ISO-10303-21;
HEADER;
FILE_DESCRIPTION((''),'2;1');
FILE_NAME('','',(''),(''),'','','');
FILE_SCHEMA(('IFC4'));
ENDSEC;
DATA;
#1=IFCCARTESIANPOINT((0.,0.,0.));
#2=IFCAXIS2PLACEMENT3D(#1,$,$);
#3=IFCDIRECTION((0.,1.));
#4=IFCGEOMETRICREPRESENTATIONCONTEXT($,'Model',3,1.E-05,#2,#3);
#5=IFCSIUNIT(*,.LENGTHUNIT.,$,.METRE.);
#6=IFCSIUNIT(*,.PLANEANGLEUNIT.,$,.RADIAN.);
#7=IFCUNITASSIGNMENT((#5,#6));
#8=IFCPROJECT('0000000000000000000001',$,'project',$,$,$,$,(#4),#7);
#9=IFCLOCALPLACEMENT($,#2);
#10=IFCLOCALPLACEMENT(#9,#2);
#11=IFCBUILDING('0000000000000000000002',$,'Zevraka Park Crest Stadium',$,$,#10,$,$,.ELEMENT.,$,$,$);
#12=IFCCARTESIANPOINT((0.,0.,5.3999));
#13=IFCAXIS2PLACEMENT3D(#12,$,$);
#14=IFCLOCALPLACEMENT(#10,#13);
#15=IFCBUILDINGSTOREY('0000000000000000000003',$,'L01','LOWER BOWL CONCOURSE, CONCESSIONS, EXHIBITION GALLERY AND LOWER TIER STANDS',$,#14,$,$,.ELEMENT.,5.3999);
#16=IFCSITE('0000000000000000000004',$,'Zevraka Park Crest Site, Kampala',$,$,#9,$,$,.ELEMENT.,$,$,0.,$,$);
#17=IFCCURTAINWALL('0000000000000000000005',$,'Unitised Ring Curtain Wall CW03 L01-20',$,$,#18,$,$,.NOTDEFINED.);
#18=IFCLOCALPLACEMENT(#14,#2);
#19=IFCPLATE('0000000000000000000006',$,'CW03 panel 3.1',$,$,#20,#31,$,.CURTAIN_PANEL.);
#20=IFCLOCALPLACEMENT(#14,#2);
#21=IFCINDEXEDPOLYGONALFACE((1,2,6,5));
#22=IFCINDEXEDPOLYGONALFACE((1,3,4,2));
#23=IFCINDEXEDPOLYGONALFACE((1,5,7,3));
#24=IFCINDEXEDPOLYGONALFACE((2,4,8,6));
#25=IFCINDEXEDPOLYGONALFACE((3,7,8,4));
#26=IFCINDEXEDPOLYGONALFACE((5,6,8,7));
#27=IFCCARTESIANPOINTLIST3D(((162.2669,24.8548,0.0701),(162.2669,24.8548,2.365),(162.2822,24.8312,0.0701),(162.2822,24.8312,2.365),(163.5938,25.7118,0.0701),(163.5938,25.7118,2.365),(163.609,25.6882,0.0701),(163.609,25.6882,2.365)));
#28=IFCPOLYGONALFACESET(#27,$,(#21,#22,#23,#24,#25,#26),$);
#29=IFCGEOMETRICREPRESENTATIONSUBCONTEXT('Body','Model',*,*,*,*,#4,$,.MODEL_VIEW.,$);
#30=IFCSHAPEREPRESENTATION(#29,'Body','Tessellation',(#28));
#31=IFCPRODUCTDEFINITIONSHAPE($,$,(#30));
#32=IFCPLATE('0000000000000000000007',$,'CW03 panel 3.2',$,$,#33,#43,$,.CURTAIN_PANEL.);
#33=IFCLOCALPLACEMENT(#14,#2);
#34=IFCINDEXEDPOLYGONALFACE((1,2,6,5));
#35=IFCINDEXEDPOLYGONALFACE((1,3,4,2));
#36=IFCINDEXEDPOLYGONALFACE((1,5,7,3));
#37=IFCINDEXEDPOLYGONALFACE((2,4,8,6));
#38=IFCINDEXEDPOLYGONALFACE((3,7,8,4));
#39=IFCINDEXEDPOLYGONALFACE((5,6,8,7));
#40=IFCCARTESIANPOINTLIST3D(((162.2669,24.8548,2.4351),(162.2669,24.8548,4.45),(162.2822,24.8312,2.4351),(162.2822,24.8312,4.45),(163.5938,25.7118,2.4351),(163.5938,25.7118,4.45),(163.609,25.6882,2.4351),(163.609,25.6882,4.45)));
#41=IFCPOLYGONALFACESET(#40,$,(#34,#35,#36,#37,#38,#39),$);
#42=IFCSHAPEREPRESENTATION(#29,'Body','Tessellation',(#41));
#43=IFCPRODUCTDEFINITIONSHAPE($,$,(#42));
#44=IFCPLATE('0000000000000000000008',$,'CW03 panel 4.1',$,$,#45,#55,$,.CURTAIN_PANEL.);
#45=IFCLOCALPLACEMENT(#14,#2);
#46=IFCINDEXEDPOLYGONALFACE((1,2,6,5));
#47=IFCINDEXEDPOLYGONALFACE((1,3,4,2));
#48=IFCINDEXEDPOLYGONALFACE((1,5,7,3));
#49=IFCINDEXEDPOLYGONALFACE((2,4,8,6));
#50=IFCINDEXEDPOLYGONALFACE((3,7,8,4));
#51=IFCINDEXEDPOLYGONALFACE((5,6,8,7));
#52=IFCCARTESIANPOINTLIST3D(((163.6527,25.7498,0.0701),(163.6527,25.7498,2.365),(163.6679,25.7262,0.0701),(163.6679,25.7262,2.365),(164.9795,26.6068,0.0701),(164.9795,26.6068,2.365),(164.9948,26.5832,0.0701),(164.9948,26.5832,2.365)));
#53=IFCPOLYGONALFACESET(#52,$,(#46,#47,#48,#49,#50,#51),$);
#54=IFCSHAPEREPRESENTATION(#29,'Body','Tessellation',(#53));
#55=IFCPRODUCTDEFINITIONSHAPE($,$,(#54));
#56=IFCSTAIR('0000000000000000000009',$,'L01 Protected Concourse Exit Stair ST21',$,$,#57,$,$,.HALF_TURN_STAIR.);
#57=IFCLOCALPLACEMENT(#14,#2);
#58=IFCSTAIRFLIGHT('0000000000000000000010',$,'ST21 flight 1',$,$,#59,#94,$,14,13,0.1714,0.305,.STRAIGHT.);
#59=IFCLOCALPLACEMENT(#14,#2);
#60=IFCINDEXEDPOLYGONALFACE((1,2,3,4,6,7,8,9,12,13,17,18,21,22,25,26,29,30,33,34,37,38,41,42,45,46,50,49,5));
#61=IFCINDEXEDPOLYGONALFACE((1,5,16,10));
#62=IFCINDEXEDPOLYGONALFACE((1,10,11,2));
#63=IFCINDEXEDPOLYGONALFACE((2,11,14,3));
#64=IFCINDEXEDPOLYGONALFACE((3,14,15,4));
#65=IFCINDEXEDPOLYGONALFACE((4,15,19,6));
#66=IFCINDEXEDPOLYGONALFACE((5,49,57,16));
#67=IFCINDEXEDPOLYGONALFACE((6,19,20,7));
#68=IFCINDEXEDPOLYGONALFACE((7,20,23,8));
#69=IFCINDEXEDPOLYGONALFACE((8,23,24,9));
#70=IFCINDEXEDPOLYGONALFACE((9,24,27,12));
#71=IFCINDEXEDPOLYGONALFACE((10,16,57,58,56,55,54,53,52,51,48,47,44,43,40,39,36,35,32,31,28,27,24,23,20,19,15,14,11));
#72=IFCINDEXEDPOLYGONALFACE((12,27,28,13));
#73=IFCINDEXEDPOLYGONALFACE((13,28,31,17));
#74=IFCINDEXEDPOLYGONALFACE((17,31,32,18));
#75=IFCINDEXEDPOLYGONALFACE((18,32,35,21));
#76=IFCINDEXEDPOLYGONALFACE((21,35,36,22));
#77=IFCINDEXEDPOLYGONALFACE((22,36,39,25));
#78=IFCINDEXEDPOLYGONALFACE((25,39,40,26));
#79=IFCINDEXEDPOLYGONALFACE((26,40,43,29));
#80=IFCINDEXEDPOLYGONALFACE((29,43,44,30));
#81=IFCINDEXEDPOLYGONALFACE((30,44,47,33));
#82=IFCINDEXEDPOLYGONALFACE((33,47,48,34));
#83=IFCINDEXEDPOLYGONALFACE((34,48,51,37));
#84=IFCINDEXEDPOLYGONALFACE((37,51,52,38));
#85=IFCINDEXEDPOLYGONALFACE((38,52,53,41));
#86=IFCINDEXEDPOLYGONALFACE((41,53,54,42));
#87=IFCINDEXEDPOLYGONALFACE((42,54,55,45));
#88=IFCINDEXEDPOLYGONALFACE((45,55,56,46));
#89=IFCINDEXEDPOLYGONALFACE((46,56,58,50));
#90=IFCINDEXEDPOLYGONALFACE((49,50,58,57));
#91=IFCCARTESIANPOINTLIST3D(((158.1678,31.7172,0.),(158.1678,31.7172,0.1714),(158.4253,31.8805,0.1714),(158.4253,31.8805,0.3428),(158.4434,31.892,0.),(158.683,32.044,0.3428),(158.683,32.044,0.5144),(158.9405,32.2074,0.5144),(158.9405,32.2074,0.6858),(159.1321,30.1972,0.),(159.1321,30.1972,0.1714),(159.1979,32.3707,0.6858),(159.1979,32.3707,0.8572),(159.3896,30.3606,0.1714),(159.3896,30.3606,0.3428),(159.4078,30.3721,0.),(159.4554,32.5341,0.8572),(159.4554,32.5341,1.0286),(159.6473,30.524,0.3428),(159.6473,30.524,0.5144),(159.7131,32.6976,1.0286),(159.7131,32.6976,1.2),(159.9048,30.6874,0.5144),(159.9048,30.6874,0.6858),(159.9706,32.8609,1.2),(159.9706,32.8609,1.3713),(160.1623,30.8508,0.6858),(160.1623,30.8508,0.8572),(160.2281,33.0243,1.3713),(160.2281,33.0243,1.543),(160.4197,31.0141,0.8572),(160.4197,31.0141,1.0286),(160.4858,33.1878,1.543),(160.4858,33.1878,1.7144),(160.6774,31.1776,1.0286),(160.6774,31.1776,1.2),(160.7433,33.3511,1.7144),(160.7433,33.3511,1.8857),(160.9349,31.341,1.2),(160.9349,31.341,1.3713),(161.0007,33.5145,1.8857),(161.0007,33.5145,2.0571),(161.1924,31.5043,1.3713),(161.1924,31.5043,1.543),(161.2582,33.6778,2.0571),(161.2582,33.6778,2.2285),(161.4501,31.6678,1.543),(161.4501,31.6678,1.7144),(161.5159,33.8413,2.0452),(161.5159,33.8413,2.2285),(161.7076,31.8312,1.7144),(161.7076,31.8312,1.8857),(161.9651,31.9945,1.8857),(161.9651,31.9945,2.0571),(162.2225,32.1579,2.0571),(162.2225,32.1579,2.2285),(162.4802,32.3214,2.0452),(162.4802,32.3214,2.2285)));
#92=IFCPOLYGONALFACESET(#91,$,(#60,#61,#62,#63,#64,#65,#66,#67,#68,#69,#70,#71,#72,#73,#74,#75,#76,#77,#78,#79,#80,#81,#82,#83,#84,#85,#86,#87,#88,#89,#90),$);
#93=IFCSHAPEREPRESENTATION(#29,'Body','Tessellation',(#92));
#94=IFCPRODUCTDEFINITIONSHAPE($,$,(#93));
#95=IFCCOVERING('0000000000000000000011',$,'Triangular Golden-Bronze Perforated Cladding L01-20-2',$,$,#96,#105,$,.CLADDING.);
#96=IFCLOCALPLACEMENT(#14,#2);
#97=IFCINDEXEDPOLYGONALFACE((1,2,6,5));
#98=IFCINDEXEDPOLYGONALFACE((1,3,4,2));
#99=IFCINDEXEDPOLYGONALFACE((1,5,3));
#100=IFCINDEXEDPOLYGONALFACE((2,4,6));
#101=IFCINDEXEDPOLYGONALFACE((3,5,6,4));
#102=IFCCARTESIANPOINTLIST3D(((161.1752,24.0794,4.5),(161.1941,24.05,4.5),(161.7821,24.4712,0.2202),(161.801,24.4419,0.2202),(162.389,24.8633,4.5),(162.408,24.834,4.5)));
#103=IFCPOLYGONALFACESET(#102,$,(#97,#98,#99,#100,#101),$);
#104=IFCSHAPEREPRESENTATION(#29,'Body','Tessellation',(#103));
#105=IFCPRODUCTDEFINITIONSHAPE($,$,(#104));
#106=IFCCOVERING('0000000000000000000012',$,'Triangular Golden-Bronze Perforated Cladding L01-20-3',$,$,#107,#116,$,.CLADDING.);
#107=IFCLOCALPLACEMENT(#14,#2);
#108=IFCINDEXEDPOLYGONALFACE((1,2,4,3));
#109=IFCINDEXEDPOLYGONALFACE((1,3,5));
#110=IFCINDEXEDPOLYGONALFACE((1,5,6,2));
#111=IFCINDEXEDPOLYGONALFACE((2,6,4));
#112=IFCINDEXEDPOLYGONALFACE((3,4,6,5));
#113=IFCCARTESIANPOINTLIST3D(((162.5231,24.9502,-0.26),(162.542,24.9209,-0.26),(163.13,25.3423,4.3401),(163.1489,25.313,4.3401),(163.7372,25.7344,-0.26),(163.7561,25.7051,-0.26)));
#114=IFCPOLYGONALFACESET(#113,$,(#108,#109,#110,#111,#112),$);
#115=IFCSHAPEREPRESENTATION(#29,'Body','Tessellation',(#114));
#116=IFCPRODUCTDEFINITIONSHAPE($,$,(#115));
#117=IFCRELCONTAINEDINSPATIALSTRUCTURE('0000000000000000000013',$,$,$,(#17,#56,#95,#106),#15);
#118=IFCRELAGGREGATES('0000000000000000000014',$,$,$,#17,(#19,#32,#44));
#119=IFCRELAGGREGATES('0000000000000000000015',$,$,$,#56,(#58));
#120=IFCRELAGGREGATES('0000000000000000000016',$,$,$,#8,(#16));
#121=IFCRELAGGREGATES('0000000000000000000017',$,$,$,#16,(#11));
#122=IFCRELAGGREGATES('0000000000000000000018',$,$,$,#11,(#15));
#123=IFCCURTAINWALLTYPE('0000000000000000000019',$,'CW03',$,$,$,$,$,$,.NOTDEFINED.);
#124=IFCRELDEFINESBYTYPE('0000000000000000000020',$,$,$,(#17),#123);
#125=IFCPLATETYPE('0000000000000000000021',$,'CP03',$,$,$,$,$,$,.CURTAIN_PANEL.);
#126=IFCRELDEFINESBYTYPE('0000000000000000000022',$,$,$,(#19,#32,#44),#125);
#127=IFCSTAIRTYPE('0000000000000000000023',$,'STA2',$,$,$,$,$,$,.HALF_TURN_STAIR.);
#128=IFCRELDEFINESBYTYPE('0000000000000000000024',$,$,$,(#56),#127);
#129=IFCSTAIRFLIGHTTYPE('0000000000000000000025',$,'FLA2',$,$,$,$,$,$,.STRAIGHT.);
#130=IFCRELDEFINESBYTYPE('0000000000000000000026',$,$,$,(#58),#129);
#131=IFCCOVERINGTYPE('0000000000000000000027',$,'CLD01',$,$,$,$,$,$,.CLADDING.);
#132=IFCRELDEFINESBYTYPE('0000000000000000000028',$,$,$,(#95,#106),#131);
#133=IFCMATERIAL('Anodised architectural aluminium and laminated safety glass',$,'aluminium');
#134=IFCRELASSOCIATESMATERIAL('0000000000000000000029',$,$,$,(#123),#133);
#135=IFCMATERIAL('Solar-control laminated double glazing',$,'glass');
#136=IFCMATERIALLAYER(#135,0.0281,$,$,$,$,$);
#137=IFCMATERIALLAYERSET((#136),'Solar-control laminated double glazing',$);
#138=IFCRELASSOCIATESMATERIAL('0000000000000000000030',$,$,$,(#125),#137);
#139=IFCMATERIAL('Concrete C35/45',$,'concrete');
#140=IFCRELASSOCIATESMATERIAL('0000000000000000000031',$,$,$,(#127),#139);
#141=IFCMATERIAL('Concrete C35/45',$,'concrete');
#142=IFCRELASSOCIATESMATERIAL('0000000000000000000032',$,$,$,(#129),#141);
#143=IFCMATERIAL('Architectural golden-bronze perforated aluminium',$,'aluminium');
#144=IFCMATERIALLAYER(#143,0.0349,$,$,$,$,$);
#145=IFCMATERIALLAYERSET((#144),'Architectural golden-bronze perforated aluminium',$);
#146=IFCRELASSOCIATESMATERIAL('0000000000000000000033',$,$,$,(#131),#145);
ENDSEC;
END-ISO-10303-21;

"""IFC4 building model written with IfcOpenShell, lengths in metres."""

from ifc_helpers import new_model, si_unit, direction, frame, origin, origin_2d, place, context, subcontext, project, spatial, polyline, rectangle, outline, extrude, material, layer, layer_set, type_object, element, aggregate, save


model = new_model("IFC4")

# Units and contexts
model_context = context("Model", 3, precision=1e-05, world=origin(), true_north=direction((0.0, 1.0)))
body_context = subcontext(model_context, "Body", "Model", "MODEL_VIEW")
ifc_project = project(units=[si_unit("LENGTHUNIT", "METRE"), si_unit("PLANEANGLEUNIT", "RADIAN")], contexts=[model_context])

# Site, building, storey
site_placement = place(None, origin())
site = spatial("IfcSite", under=ifc_project, at=site_placement, Name="Zevraka Park Crest Site, Kampala", CompositionType="ELEMENT", RefElevation=0.0)
building_placement = place(site_placement, origin())
building = spatial("IfcBuilding", under=site, at=building_placement, Name="Zevraka Park Crest Stadium", CompositionType="ELEMENT")
storey_placement = place(building_placement, frame((0.0, 0.0, 5.3999)))
storey = spatial("IfcBuildingStorey", under=building, at=storey_placement, Name="L01", Description="LOWER BOWL CONCOURSE, CONCESSIONS, EXHIBITION GALLERY AND LOWER TIER STANDS", CompositionType="ELEMENT", Elevation=5.3999)

# Curtain wall
ifc_material_1 = material(Name="Anodised architectural aluminium and laminated safety glass", Category="aluminium")
curtain_wall_type = type_object("IfcCurtainWallType", Name="CW03", PredefinedType="NOTDEFINED", material=ifc_material_1)
curtain_wall_placement = place(storey_placement, origin())
curtain_wall = element("IfcCurtainWall", 1, at=curtain_wall_placement, inside=storey, type_object=curtain_wall_type, Name="Unitised Ring Curtain Wall CW03 L01-20", PredefinedType="NOTDEFINED")

# Plates
ifc_material_2 = material(Name="Solar-control laminated double glazing", Category="glass")
ifc_layer_1 = layer(ifc_material_2, 0.0281)
ifc_layer_set_1 = layer_set([ifc_layer_1], Name="Solar-control laminated double glazing")
plate_type = type_object("IfcPlateType", Name="CP03", PredefinedType="CURTAIN_PANEL", material=ifc_layer_set_1)
plate_1_placement = place(storey_placement, frame((162.938, 25.2715, 0.0701), z_axis=(0.0, 0.0, 1.0), x_axis=(0.84001, 0.542571, 0.0)))
plate_1 = element("IfcPlate", 2, at=plate_1_placement, type_object=plate_type, Name="CW03 panel 3.1", PredefinedType="CURTAIN_PANEL", context=body_context, shape_type="SweptSolid", body=[
    extrude(rectangle(XDim=1.5796, YDim=0.0281, at=origin_2d()), origin(), (0.0, 0.0, 1.0), 2.2949),
])
plate_2_placement = place(storey_placement, frame((162.938, 25.2715, 2.4351), z_axis=(0.0, 0.0, 1.0), x_axis=(0.84001, 0.542571, 0.0)))
plate_2 = element("IfcPlate", 3, at=plate_2_placement, type_object=plate_type, Name="CW03 panel 3.2", PredefinedType="CURTAIN_PANEL", context=body_context, shape_type="SweptSolid", body=[
    extrude(rectangle(XDim=1.5796, YDim=0.0281, at=origin_2d()), origin(), (0.0, 0.0, 1.0), 2.0149),
])
plate_3_placement = place(storey_placement, frame((164.3237, 26.1665, 0.0701), z_axis=(0.0, 0.0, 1.0), x_axis=(0.84001, 0.542571, 0.0)))
plate_3 = element("IfcPlate", 4, at=plate_3_placement, type_object=plate_type, Name="CW03 panel 4.1", PredefinedType="CURTAIN_PANEL", context=body_context, shape_type="SweptSolid", body=[
    extrude(rectangle(XDim=1.5796, YDim=0.0281, at=origin_2d()), origin(), (0.0, 0.0, 1.0), 2.2949),
])
aggregate(curtain_wall, [plate_1, plate_2, plate_3])

# Stair, stair flight
ifc_material_3 = material(Name="Concrete C35/45", Category="concrete")
stair_type = type_object("IfcStairType", Name="STA2", PredefinedType="HALF_TURN_STAIR", material=ifc_material_3)
stair_placement = place(storey_placement, origin())
stair = element("IfcStair", 5, at=stair_placement, inside=storey, type_object=stair_type, Name="L01 Protected Concourse Exit Stair ST21", PredefinedType="HALF_TURN_STAIR")
ifc_material_4 = material(Name="Concrete C35/45", Category="concrete")
stair_flight_type = type_object("IfcStairFlightType", Name="FLA2", PredefinedType="STRAIGHT", material=ifc_material_4)
stair_flight_placement = place(storey_placement, frame((158.6499, 30.9573, 0.0), z_axis=(0.0, 0.0, 1.0), x_axis=(0.844397, 0.535718, 0.0)))
stair_flight = element("IfcStairFlight", 6, at=stair_flight_placement, type_object=stair_flight_type, Name="ST21 flight 1", NumberOfRisers=14, NumberOfTreads=13, PredefinedType="STRAIGHT", RiserHeight=0.1714, TreadLength=0.305, context=body_context, shape_type="SweptSolid", body=[
    extrude(outline(polyline([(0.0, 0.0), (0.0, 0.1714), (0.3049, 0.1714), (0.3049, 0.3428), (0.6101, 0.3428), (0.6101, 0.5144), (0.915, 0.5144), (0.915, 0.6858), (1.22, 0.6858), (1.22, 0.8572), (1.5249, 0.8572), (1.5249, 1.0286), (1.8301, 1.0286), (1.8301, 1.2), (2.135, 1.2), (2.135, 1.3713), (2.4399, 1.3713), (2.4399, 1.543), (2.7451, 1.543), (2.7451, 1.7144), (3.05, 1.7144), (3.05, 1.8857), (3.355, 1.8857), (3.355, 2.0571), (3.6599, 2.0571), (3.6599, 2.2285), (3.9651, 2.2285), (3.9651, 2.3999), (3.9651, 2.0452), (0.3264, 0.0), (0.0, 0.0)])), frame((0.0, 0.8999, 0.0), z_axis=(0.0, -1.0, 0.0), x_axis=(1.0, 0.0, 0.0)), (0.0, 0.0, 1.0), 1.8),
])
aggregate(stair, [stair_flight])

# Coverings
ifc_material_5 = material(Name="Architectural golden-bronze perforated aluminium", Category="aluminium")
ifc_layer_2 = layer(ifc_material_5, 0.0349)
ifc_layer_set_2 = layer_set([ifc_layer_2], Name="Architectural golden-bronze perforated aluminium")
covering_type = type_object("IfcCoveringType", Name="CLD01", PredefinedType="CLADDING", material=ifc_layer_set_2)
covering_1_placement = place(storey_placement, frame((162.408, 24.834, 4.5), z_axis=(0.542515, -0.840046, 0.000024), x_axis=(-0.840046, -0.542515, 0.0)))
element("IfcCovering", 7, at=covering_1_placement, inside=storey, type_object=covering_type, Name="Triangular Golden-Bronze Perforated Cladding L01-20-2", PredefinedType="CLADDING", context=body_context, shape_type="SweptSolid", body=[
    extrude(outline(polyline([(0.0, 0.0), (1.445, 0.0), (0.7226, 4.2798), (0.0, 0.0)])), origin(), (0.0, 0.0, -1.0), 0.0349),
])
covering_2_placement = place(storey_placement, frame((162.542, 24.9209, -0.26), z_axis=(0.542558, -0.840019, 0.000014), x_axis=(0.840019, 0.542558, 0.0)))
element("IfcCovering", 8, at=covering_2_placement, inside=storey, type_object=covering_type, Name="Triangular Golden-Bronze Perforated Cladding L01-20-3", PredefinedType="CLADDING", context=body_context, shape_type="SweptSolid", body=[
    extrude(outline(polyline([(0.0, 0.0), (1.4453, 0.0), (0.7226, 4.6001), (0.0, 0.0)])), origin(), (0.0, 0.0, -1.0), 0.0349),
])

save(model, "model.ifc")
